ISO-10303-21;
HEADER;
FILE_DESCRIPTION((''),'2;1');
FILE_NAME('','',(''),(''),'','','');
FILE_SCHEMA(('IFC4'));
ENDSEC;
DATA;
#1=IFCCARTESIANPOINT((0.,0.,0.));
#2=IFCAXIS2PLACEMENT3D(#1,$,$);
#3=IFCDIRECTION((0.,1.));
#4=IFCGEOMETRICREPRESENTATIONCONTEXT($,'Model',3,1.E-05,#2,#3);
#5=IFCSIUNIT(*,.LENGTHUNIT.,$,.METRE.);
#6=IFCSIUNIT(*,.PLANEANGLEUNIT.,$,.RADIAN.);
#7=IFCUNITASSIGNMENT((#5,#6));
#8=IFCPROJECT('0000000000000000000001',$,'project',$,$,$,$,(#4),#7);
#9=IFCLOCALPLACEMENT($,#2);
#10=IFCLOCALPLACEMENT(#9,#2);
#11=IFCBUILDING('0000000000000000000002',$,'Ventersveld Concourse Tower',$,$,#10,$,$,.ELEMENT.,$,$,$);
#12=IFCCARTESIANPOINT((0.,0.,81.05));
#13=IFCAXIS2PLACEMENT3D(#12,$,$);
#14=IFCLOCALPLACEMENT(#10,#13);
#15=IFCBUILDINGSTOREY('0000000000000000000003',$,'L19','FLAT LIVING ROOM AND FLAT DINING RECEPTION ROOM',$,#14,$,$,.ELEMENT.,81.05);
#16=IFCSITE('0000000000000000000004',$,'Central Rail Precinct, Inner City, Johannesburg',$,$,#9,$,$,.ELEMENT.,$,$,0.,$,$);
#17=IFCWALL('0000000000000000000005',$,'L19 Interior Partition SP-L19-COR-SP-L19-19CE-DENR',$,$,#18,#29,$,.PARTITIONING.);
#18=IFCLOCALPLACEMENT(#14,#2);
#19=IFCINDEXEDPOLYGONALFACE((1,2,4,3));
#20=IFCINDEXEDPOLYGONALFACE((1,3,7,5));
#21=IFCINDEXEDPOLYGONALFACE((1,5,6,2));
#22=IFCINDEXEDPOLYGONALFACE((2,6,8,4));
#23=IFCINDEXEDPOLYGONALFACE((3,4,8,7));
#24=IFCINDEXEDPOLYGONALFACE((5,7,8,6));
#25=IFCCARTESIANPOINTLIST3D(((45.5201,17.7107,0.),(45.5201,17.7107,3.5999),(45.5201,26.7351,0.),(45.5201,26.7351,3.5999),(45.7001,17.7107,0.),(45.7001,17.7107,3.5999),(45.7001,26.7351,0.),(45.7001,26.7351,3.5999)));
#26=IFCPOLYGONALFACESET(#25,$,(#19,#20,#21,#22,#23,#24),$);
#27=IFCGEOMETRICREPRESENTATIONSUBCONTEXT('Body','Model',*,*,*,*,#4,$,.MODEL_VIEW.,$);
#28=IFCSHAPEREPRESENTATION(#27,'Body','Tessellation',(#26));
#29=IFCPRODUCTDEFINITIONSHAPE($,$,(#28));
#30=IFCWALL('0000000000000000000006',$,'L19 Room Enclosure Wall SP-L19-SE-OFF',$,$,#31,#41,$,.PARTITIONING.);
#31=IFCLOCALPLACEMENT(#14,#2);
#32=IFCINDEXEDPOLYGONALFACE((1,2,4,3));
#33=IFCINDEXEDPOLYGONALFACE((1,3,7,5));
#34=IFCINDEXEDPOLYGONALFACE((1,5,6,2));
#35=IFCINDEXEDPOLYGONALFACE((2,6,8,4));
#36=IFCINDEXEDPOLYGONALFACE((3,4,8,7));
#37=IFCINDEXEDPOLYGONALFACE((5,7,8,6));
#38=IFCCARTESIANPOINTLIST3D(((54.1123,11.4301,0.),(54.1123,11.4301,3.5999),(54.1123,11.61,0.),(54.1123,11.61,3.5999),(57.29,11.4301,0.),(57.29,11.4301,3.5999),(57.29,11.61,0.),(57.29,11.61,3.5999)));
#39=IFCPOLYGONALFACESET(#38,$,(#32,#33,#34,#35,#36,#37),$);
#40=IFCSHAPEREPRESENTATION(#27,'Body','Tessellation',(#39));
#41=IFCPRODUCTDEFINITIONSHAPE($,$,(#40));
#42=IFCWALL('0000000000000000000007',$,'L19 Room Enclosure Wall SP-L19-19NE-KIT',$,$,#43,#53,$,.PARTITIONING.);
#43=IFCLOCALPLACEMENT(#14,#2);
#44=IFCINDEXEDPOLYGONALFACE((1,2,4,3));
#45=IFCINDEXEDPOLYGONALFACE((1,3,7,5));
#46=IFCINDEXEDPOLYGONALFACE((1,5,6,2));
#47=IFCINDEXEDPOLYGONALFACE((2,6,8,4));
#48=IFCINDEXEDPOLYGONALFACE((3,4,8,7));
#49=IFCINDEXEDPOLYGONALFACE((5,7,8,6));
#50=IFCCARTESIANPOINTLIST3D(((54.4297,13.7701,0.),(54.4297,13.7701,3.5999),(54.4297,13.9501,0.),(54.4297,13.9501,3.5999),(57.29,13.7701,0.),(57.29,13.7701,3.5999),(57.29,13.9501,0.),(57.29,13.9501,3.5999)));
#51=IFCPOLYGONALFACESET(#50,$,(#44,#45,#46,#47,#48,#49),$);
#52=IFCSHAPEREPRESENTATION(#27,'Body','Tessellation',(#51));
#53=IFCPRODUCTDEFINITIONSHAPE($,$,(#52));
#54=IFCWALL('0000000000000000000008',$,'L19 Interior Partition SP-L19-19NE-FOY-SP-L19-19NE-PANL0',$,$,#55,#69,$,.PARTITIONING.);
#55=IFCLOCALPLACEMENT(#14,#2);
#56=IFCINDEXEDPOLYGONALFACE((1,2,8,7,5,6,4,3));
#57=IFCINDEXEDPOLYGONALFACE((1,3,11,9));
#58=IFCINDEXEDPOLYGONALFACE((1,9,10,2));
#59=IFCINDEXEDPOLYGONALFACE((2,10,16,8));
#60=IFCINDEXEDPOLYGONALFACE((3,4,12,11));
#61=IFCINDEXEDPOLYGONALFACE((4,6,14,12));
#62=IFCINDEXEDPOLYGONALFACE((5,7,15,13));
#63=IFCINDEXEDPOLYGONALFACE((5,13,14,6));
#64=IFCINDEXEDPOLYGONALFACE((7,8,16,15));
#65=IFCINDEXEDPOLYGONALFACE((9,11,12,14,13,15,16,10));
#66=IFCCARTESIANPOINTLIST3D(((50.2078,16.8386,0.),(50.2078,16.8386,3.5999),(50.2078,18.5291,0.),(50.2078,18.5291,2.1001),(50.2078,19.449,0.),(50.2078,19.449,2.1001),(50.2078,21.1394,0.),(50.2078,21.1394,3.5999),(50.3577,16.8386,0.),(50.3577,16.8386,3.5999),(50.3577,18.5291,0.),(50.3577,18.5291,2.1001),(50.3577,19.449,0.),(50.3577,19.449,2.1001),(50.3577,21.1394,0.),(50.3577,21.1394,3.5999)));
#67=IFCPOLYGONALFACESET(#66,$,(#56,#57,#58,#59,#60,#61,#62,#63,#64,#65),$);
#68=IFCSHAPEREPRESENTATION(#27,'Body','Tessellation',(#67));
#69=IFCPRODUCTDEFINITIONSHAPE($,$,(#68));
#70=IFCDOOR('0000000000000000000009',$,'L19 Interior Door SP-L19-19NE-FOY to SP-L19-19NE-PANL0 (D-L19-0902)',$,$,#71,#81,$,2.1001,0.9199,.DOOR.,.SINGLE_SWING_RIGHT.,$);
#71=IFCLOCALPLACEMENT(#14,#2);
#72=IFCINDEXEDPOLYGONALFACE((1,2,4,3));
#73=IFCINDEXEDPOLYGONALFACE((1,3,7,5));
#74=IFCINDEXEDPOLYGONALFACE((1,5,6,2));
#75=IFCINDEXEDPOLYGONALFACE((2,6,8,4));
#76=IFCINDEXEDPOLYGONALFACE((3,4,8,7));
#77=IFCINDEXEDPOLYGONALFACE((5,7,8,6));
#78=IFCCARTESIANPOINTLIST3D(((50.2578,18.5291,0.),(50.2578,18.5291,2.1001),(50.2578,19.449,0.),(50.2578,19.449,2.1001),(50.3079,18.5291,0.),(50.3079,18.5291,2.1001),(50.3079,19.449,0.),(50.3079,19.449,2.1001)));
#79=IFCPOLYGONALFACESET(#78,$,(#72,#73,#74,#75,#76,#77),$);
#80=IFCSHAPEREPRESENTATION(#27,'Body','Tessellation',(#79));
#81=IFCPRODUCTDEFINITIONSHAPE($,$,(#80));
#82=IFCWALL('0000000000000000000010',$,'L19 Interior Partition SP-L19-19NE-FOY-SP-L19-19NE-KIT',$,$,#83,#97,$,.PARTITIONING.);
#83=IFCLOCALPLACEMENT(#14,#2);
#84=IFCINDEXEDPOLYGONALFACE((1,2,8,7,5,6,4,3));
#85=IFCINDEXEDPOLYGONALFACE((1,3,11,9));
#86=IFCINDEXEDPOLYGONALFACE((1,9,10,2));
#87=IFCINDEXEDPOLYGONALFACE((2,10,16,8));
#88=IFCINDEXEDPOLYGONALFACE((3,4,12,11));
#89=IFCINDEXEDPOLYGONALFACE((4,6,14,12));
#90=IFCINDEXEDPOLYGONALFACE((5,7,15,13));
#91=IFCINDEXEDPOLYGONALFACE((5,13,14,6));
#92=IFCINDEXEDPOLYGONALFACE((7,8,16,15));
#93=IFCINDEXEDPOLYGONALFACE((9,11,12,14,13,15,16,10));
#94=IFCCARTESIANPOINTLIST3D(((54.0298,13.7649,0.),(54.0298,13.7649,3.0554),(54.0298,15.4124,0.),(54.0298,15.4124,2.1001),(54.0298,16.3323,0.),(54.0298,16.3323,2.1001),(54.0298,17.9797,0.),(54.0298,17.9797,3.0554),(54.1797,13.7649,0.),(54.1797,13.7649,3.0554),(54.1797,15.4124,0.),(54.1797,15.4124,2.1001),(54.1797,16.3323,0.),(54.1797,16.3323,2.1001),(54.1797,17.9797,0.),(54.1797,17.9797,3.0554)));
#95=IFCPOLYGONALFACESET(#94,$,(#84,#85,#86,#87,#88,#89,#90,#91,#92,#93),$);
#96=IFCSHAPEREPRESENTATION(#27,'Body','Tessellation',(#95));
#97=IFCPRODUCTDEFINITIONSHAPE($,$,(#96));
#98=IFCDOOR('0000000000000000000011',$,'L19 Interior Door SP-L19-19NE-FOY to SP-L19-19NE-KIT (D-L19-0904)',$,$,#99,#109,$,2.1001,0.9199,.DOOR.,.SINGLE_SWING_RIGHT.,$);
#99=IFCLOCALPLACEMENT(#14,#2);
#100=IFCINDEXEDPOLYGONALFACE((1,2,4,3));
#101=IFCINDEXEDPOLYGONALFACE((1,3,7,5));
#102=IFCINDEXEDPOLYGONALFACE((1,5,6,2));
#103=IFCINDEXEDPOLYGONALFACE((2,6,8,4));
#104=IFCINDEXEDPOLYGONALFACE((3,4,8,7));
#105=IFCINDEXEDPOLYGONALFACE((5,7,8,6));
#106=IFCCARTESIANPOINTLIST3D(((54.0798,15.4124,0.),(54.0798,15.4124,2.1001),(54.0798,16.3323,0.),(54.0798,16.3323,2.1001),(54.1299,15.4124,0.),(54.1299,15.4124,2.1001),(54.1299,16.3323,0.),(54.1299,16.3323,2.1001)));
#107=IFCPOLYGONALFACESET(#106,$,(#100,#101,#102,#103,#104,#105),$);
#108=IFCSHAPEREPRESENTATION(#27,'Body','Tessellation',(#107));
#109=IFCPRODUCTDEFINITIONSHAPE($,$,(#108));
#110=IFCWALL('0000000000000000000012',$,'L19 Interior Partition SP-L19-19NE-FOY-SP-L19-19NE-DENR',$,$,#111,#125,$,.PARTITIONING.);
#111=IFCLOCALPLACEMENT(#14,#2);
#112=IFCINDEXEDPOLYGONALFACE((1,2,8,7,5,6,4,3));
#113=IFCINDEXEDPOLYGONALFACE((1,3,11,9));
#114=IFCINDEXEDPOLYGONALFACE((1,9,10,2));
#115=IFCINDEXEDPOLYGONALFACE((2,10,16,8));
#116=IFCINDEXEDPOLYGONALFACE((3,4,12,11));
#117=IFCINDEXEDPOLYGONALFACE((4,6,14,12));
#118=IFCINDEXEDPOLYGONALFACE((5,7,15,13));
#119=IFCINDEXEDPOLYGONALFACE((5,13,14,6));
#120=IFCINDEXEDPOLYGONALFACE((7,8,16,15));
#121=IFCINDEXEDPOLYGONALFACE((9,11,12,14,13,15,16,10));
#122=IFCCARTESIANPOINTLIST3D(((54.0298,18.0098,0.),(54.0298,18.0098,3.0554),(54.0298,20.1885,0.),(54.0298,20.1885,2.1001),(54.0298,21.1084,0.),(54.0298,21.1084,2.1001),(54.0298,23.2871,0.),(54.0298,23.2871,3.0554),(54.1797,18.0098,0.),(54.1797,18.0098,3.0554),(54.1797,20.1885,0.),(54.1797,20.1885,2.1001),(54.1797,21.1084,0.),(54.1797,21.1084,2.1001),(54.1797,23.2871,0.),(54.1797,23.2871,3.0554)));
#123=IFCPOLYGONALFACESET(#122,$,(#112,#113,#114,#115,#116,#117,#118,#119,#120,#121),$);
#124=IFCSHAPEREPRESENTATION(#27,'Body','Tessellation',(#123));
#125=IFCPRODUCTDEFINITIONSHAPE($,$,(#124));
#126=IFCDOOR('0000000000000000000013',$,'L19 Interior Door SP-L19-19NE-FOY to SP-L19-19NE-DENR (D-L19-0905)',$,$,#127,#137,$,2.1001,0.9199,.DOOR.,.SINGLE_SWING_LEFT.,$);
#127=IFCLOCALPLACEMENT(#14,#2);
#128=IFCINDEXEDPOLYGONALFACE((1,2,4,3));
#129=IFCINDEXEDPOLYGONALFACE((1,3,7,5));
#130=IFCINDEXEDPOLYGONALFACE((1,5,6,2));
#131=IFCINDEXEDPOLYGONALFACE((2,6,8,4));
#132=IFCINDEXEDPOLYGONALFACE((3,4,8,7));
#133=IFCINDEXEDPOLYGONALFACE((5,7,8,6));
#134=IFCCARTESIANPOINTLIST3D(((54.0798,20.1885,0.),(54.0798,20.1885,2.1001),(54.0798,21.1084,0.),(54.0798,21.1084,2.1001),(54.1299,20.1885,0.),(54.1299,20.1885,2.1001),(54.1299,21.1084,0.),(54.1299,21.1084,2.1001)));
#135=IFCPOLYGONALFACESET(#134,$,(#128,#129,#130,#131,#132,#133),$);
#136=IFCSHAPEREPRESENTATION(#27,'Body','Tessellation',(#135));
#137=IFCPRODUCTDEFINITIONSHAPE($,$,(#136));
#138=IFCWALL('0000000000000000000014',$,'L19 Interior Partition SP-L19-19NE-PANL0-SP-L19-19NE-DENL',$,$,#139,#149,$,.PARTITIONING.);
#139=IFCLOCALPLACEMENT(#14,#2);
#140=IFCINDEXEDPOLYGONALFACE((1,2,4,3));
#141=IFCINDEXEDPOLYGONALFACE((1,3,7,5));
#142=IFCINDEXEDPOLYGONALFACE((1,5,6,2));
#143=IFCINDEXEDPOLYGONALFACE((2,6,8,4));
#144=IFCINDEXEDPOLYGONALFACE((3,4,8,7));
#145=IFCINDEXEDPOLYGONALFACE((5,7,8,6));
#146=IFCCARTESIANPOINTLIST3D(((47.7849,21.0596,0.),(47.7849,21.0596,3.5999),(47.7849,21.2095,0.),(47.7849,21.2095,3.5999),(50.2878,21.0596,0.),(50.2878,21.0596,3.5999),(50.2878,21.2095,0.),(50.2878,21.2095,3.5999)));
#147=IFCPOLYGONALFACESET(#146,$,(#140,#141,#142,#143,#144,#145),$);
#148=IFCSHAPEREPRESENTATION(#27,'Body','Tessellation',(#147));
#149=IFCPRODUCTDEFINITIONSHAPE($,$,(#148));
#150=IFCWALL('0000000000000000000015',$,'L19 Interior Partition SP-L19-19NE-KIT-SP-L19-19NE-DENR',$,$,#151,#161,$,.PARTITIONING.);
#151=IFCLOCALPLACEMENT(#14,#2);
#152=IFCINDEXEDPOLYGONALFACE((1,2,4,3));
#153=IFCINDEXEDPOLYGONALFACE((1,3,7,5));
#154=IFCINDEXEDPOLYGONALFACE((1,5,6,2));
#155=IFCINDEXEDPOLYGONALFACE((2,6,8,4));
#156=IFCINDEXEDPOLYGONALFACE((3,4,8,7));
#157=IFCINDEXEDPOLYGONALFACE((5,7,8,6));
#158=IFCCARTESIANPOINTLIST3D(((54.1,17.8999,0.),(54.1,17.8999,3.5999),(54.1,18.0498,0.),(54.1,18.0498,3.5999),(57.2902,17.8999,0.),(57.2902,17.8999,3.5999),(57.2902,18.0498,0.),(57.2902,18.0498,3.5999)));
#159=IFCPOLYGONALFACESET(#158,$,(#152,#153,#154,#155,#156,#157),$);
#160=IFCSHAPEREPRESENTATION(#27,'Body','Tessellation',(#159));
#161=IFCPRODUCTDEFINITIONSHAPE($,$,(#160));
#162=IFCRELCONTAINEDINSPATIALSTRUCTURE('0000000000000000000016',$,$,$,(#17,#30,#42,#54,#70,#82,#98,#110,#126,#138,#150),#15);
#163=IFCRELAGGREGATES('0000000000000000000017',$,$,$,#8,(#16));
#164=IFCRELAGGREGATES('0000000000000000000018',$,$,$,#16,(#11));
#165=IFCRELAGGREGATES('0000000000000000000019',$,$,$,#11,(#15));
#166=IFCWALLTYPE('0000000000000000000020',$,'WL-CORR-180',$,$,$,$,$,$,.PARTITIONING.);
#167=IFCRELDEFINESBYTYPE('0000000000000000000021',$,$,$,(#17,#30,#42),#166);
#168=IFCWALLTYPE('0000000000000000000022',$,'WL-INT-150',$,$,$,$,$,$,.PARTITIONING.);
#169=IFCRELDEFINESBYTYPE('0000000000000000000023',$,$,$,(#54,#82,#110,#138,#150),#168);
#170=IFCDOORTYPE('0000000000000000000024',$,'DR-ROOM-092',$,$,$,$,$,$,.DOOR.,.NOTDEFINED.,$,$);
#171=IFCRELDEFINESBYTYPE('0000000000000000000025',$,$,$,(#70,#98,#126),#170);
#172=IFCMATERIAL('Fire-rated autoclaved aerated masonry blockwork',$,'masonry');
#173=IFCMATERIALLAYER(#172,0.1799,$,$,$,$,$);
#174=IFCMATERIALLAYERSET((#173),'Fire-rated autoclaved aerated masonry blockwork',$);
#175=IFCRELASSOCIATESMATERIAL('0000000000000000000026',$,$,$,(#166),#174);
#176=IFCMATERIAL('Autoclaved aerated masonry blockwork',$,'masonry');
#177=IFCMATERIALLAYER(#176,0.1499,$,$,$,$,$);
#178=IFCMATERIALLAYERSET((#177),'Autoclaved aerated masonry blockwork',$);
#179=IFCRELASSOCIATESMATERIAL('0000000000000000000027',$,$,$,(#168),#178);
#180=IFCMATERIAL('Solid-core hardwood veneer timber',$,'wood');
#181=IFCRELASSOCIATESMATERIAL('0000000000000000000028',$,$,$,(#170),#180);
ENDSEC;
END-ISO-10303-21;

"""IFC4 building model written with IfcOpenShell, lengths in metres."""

from ifc_helpers import new_model, si_unit, direction, frame, frame_2d, origin, place, context, subcontext, project, spatial, rectangle, extrude, material, layer, layer_set, type_object, element, fill, save


model = new_model("IFC4")

# Units and contexts
model_context = context("Model", 3, precision=1e-05, world=origin(), true_north=direction((0.0, 1.0)))
body_context = subcontext(model_context, "Body", "Model", "MODEL_VIEW")
ifc_project = project(units=[si_unit("LENGTHUNIT", "METRE"), si_unit("PLANEANGLEUNIT", "RADIAN")], contexts=[model_context])

# Site, building, storey
site_placement = place(None, origin())
site = spatial("IfcSite", under=ifc_project, at=site_placement, Name="Central Rail Precinct, Inner City, Johannesburg", CompositionType="ELEMENT", RefElevation=0.0)
building_placement = place(site_placement, origin())
building = spatial("IfcBuilding", under=site, at=building_placement, Name="Ventersveld Concourse Tower", CompositionType="ELEMENT")
storey_placement = place(building_placement, frame((0.0, 0.0, 81.05)))
storey = spatial("IfcBuildingStorey", under=building, at=storey_placement, Name="L19", Description="FLAT LIVING ROOM AND FLAT DINING RECEPTION ROOM", CompositionType="ELEMENT", Elevation=81.05)

# Shared definitions
ifc_material_1 = material(Name="Fire-rated autoclaved aerated masonry blockwork", Category="masonry")
ifc_layer_1 = layer(ifc_material_1, 0.1799)
ifc_layer_set_1 = layer_set([ifc_layer_1], Name="Fire-rated autoclaved aerated masonry blockwork")
wall_type_1 = type_object("IfcWallType", Name="WL-CORR-180", PredefinedType="PARTITIONING", material=ifc_layer_set_1)
ifc_material_2 = material(Name="Solid-core hardwood veneer timber", Category="wood")

# Walls
wall_1_placement = place(storey_placement, frame((45.6101, 17.7107, 0.0), z_axis=(0.0, 0.0, 1.0), x_axis=(0.0, 1.0, 0.0)))
element("IfcWall", 1, at=wall_1_placement, inside=storey, type_object=wall_type_1, Name="L19 Interior Partition SP-L19-COR-SP-L19-19CE-DENR", PredefinedType="PARTITIONING", context=body_context, shape_type="SweptSolid", body=[
    extrude(rectangle(XDim=9.0244, YDim=0.1799, at=frame_2d((4.5122, 0.0))), origin(), (0.0, 0.0, 1.0), 3.5999),
])
wall_2_placement = place(storey_placement, frame((54.1123, 11.52, 0.0), z_axis=(0.0, 0.0, 1.0), x_axis=(1.0, 0.0, 0.0)))
element("IfcWall", 2, at=wall_2_placement, inside=storey, type_object=wall_type_1, Name="L19 Room Enclosure Wall SP-L19-SE-OFF", PredefinedType="PARTITIONING", context=body_context, shape_type="SweptSolid", body=[
    extrude(rectangle(XDim=3.1777, YDim=0.1799, at=frame_2d((1.5889, 0.0))), origin(), (0.0, 0.0, 1.0), 3.5999),
])
wall_3_placement = place(storey_placement, frame((57.29, 13.8601, 0.0), z_axis=(0.0, 0.0, 1.0), x_axis=(-1.0, 0.0, 0.0)))
element("IfcWall", 3, at=wall_3_placement, inside=storey, type_object=wall_type_1, Name="L19 Room Enclosure Wall SP-L19-19NE-KIT", PredefinedType="PARTITIONING", context=body_context, shape_type="SweptSolid", body=[
    extrude(rectangle(XDim=2.8604, YDim=0.1799, at=frame_2d((1.4302, 0.0))), origin(), (0.0, 0.0, 1.0), 3.5999),
])

# Walls, openings, doors
ifc_material_3 = material(Name="Autoclaved aerated masonry blockwork", Category="masonry")
ifc_layer_2 = layer(ifc_material_3, 0.1499)
ifc_layer_set_2 = layer_set([ifc_layer_2], Name="Autoclaved aerated masonry blockwork")
wall_type_2 = type_object("IfcWallType", Name="WL-INT-150", PredefinedType="PARTITIONING", material=ifc_layer_set_2)
wall_4_placement = place(storey_placement, frame((50.2827, 16.8386, 0.0), z_axis=(0.0, 0.0, 1.0), x_axis=(0.0, 1.0, 0.0)))
wall_4 = element("IfcWall", 4, at=wall_4_placement, inside=storey, type_object=wall_type_2, Name="L19 Interior Partition SP-L19-19NE-FOY-SP-L19-19NE-PANL0", PredefinedType="PARTITIONING", context=body_context, shape_type="SweptSolid", body=[
    extrude(rectangle(XDim=4.3008, YDim=0.1499, at=frame_2d((2.1504, 0.0))), origin(), (0.0, 0.0, 1.0), 3.5999),
])
opening_1_placement = place(wall_4_placement, frame((1.6904, 0.0, 0.0)))
opening_1 = element("IfcOpeningElement", 5, at=opening_1_placement, cuts=wall_4, PredefinedType="OPENING", context=body_context, shape_type="SweptSolid", body=[
    extrude(rectangle(XDim=0.9199, YDim=2.1001, at=frame_2d((0.46, 1.05))), frame((0.0, 0.085, 0.0), z_axis=(0.0, -1.0, 0.0), x_axis=(1.0, 0.0, 0.0)), (0.0, 0.0, 1.0), 0.1699),
])
door_type_1 = type_object("IfcDoorType", Name="DR-ROOM-092", OperationType="NOTDEFINED", PredefinedType="DOOR", material=ifc_material_2)
door_1_placement = place(opening_1_placement, origin())
door_1 = element("IfcDoor", 6, at=door_1_placement, inside=storey, type_object=door_type_1, Name="L19 Interior Door SP-L19-19NE-FOY to SP-L19-19NE-PANL0 (D-L19-0902)", OperationType="SINGLE_SWING_RIGHT", OverallHeight=2.1001, OverallWidth=0.9199, PredefinedType="DOOR", context=body_context, shape_type="SweptSolid", body=[
    extrude(rectangle(XDim=0.9199, YDim=2.1001, at=frame_2d((0.46, 1.05))), frame((0.0, 0.0249, 0.0), z_axis=(0.0, -1.0, 0.0), x_axis=(1.0, 0.0, 0.0)), (0.0, 0.0, 1.0), 0.05),
])
fill(opening_1, door_1)
wall_5_placement = place(storey_placement, frame((54.1047, 13.7649, 0.0), z_axis=(0.0, 0.0, 1.0), x_axis=(0.0, 1.0, 0.0)))
wall_5 = element("IfcWall", 7, at=wall_5_placement, inside=storey, type_object=wall_type_2, Name="L19 Interior Partition SP-L19-19NE-FOY-SP-L19-19NE-KIT", PredefinedType="PARTITIONING", context=body_context, shape_type="SweptSolid", body=[
    extrude(rectangle(XDim=4.2148, YDim=0.1499, at=frame_2d((2.1074, 0.0))), origin(), (0.0, 0.0, 1.0), 3.0554),
])
opening_2_placement = place(wall_5_placement, frame((1.6475, 0.0, 0.0)))
opening_2 = element("IfcOpeningElement", 8, at=opening_2_placement, cuts=wall_5, PredefinedType="OPENING", context=body_context, shape_type="SweptSolid", body=[
    extrude(rectangle(XDim=0.9199, YDim=2.1001, at=frame_2d((0.46, 1.05))), frame((0.0, 0.085, 0.0), z_axis=(0.0, -1.0, 0.0), x_axis=(1.0, 0.0, 0.0)), (0.0, 0.0, 1.0), 0.1699),
])
door_2_placement = place(opening_2_placement, origin())
door_2 = element("IfcDoor", 9, at=door_2_placement, inside=storey, type_object=door_type_1, Name="L19 Interior Door SP-L19-19NE-FOY to SP-L19-19NE-KIT (D-L19-0904)", OperationType="SINGLE_SWING_RIGHT", OverallHeight=2.1001, OverallWidth=0.9199, PredefinedType="DOOR", context=body_context, shape_type="SweptSolid", body=[
    extrude(rectangle(XDim=0.9199, YDim=2.1001, at=frame_2d((0.46, 1.05))), frame((0.0, 0.0249, 0.0), z_axis=(0.0, -1.0, 0.0), x_axis=(1.0, 0.0, 0.0)), (0.0, 0.0, 1.0), 0.05),
])
fill(opening_2, door_2)
wall_6_placement = place(storey_placement, frame((54.1047, 18.0098, 0.0), z_axis=(0.0, 0.0, 1.0), x_axis=(0.0, 1.0, 0.0)))
wall_6 = element("IfcWall", 10, at=wall_6_placement, inside=storey, type_object=wall_type_2, Name="L19 Interior Partition SP-L19-19NE-FOY-SP-L19-19NE-DENR", PredefinedType="PARTITIONING", context=body_context, shape_type="SweptSolid", body=[
    extrude(rectangle(XDim=5.2773, YDim=0.1499, at=frame_2d((2.6387, 0.0))), origin(), (0.0, 0.0, 1.0), 3.0554),
])
opening_3_placement = place(wall_6_placement, frame((2.1787, 0.0, 0.0)))
opening_3 = element("IfcOpeningElement", 11, at=opening_3_placement, cuts=wall_6, PredefinedType="OPENING", context=body_context, shape_type="SweptSolid", body=[
    extrude(rectangle(XDim=0.9199, YDim=2.1001, at=frame_2d((0.46, 1.05))), frame((0.0, 0.085, 0.0), z_axis=(0.0, -1.0, 0.0), x_axis=(1.0, 0.0, 0.0)), (0.0, 0.0, 1.0), 0.1699),
])
door_3_placement = place(opening_3_placement, origin())
door_3 = element("IfcDoor", 12, at=door_3_placement, inside=storey, type_object=door_type_1, Name="L19 Interior Door SP-L19-19NE-FOY to SP-L19-19NE-DENR (D-L19-0905)", OperationType="SINGLE_SWING_LEFT", OverallHeight=2.1001, OverallWidth=0.9199, PredefinedType="DOOR", context=body_context, shape_type="SweptSolid", body=[
    extrude(rectangle(XDim=0.9199, YDim=2.1001, at=frame_2d((0.46, 1.05))), frame((0.0, 0.0249, 0.0), z_axis=(0.0, -1.0, 0.0), x_axis=(1.0, 0.0, 0.0)), (0.0, 0.0, 1.0), 0.05),
])
fill(opening_3, door_3)

# Walls
wall_7_placement = place(storey_placement, frame((47.7849, 21.1345, 0.0), z_axis=(0.0, 0.0, 1.0), x_axis=(1.0, 0.0, 0.0)))
element("IfcWall", 13, at=wall_7_placement, inside=storey, type_object=wall_type_2, Name="L19 Interior Partition SP-L19-19NE-PANL0-SP-L19-19NE-DENL", PredefinedType="PARTITIONING", context=body_context, shape_type="SweptSolid", body=[
    extrude(rectangle(XDim=2.5029, YDim=0.1499, at=frame_2d((1.2515, 0.0))), origin(), (0.0, 0.0, 1.0), 3.5999),
])
wall_8_placement = place(storey_placement, frame((54.0999, 17.9749, 0.0), z_axis=(0.0, 0.0, 1.0), x_axis=(1.0, 0.0, 0.0)))
element("IfcWall", 14, at=wall_8_placement, inside=storey, type_object=wall_type_2, Name="L19 Interior Partition SP-L19-19NE-KIT-SP-L19-19NE-DENR", PredefinedType="PARTITIONING", context=body_context, shape_type="SweptSolid", body=[
    extrude(rectangle(XDim=3.1902, YDim=0.1499, at=frame_2d((1.5952, 0.0))), origin(), (0.0, 0.0, 1.0), 3.5999),
])

save(model, "model.ifc")
